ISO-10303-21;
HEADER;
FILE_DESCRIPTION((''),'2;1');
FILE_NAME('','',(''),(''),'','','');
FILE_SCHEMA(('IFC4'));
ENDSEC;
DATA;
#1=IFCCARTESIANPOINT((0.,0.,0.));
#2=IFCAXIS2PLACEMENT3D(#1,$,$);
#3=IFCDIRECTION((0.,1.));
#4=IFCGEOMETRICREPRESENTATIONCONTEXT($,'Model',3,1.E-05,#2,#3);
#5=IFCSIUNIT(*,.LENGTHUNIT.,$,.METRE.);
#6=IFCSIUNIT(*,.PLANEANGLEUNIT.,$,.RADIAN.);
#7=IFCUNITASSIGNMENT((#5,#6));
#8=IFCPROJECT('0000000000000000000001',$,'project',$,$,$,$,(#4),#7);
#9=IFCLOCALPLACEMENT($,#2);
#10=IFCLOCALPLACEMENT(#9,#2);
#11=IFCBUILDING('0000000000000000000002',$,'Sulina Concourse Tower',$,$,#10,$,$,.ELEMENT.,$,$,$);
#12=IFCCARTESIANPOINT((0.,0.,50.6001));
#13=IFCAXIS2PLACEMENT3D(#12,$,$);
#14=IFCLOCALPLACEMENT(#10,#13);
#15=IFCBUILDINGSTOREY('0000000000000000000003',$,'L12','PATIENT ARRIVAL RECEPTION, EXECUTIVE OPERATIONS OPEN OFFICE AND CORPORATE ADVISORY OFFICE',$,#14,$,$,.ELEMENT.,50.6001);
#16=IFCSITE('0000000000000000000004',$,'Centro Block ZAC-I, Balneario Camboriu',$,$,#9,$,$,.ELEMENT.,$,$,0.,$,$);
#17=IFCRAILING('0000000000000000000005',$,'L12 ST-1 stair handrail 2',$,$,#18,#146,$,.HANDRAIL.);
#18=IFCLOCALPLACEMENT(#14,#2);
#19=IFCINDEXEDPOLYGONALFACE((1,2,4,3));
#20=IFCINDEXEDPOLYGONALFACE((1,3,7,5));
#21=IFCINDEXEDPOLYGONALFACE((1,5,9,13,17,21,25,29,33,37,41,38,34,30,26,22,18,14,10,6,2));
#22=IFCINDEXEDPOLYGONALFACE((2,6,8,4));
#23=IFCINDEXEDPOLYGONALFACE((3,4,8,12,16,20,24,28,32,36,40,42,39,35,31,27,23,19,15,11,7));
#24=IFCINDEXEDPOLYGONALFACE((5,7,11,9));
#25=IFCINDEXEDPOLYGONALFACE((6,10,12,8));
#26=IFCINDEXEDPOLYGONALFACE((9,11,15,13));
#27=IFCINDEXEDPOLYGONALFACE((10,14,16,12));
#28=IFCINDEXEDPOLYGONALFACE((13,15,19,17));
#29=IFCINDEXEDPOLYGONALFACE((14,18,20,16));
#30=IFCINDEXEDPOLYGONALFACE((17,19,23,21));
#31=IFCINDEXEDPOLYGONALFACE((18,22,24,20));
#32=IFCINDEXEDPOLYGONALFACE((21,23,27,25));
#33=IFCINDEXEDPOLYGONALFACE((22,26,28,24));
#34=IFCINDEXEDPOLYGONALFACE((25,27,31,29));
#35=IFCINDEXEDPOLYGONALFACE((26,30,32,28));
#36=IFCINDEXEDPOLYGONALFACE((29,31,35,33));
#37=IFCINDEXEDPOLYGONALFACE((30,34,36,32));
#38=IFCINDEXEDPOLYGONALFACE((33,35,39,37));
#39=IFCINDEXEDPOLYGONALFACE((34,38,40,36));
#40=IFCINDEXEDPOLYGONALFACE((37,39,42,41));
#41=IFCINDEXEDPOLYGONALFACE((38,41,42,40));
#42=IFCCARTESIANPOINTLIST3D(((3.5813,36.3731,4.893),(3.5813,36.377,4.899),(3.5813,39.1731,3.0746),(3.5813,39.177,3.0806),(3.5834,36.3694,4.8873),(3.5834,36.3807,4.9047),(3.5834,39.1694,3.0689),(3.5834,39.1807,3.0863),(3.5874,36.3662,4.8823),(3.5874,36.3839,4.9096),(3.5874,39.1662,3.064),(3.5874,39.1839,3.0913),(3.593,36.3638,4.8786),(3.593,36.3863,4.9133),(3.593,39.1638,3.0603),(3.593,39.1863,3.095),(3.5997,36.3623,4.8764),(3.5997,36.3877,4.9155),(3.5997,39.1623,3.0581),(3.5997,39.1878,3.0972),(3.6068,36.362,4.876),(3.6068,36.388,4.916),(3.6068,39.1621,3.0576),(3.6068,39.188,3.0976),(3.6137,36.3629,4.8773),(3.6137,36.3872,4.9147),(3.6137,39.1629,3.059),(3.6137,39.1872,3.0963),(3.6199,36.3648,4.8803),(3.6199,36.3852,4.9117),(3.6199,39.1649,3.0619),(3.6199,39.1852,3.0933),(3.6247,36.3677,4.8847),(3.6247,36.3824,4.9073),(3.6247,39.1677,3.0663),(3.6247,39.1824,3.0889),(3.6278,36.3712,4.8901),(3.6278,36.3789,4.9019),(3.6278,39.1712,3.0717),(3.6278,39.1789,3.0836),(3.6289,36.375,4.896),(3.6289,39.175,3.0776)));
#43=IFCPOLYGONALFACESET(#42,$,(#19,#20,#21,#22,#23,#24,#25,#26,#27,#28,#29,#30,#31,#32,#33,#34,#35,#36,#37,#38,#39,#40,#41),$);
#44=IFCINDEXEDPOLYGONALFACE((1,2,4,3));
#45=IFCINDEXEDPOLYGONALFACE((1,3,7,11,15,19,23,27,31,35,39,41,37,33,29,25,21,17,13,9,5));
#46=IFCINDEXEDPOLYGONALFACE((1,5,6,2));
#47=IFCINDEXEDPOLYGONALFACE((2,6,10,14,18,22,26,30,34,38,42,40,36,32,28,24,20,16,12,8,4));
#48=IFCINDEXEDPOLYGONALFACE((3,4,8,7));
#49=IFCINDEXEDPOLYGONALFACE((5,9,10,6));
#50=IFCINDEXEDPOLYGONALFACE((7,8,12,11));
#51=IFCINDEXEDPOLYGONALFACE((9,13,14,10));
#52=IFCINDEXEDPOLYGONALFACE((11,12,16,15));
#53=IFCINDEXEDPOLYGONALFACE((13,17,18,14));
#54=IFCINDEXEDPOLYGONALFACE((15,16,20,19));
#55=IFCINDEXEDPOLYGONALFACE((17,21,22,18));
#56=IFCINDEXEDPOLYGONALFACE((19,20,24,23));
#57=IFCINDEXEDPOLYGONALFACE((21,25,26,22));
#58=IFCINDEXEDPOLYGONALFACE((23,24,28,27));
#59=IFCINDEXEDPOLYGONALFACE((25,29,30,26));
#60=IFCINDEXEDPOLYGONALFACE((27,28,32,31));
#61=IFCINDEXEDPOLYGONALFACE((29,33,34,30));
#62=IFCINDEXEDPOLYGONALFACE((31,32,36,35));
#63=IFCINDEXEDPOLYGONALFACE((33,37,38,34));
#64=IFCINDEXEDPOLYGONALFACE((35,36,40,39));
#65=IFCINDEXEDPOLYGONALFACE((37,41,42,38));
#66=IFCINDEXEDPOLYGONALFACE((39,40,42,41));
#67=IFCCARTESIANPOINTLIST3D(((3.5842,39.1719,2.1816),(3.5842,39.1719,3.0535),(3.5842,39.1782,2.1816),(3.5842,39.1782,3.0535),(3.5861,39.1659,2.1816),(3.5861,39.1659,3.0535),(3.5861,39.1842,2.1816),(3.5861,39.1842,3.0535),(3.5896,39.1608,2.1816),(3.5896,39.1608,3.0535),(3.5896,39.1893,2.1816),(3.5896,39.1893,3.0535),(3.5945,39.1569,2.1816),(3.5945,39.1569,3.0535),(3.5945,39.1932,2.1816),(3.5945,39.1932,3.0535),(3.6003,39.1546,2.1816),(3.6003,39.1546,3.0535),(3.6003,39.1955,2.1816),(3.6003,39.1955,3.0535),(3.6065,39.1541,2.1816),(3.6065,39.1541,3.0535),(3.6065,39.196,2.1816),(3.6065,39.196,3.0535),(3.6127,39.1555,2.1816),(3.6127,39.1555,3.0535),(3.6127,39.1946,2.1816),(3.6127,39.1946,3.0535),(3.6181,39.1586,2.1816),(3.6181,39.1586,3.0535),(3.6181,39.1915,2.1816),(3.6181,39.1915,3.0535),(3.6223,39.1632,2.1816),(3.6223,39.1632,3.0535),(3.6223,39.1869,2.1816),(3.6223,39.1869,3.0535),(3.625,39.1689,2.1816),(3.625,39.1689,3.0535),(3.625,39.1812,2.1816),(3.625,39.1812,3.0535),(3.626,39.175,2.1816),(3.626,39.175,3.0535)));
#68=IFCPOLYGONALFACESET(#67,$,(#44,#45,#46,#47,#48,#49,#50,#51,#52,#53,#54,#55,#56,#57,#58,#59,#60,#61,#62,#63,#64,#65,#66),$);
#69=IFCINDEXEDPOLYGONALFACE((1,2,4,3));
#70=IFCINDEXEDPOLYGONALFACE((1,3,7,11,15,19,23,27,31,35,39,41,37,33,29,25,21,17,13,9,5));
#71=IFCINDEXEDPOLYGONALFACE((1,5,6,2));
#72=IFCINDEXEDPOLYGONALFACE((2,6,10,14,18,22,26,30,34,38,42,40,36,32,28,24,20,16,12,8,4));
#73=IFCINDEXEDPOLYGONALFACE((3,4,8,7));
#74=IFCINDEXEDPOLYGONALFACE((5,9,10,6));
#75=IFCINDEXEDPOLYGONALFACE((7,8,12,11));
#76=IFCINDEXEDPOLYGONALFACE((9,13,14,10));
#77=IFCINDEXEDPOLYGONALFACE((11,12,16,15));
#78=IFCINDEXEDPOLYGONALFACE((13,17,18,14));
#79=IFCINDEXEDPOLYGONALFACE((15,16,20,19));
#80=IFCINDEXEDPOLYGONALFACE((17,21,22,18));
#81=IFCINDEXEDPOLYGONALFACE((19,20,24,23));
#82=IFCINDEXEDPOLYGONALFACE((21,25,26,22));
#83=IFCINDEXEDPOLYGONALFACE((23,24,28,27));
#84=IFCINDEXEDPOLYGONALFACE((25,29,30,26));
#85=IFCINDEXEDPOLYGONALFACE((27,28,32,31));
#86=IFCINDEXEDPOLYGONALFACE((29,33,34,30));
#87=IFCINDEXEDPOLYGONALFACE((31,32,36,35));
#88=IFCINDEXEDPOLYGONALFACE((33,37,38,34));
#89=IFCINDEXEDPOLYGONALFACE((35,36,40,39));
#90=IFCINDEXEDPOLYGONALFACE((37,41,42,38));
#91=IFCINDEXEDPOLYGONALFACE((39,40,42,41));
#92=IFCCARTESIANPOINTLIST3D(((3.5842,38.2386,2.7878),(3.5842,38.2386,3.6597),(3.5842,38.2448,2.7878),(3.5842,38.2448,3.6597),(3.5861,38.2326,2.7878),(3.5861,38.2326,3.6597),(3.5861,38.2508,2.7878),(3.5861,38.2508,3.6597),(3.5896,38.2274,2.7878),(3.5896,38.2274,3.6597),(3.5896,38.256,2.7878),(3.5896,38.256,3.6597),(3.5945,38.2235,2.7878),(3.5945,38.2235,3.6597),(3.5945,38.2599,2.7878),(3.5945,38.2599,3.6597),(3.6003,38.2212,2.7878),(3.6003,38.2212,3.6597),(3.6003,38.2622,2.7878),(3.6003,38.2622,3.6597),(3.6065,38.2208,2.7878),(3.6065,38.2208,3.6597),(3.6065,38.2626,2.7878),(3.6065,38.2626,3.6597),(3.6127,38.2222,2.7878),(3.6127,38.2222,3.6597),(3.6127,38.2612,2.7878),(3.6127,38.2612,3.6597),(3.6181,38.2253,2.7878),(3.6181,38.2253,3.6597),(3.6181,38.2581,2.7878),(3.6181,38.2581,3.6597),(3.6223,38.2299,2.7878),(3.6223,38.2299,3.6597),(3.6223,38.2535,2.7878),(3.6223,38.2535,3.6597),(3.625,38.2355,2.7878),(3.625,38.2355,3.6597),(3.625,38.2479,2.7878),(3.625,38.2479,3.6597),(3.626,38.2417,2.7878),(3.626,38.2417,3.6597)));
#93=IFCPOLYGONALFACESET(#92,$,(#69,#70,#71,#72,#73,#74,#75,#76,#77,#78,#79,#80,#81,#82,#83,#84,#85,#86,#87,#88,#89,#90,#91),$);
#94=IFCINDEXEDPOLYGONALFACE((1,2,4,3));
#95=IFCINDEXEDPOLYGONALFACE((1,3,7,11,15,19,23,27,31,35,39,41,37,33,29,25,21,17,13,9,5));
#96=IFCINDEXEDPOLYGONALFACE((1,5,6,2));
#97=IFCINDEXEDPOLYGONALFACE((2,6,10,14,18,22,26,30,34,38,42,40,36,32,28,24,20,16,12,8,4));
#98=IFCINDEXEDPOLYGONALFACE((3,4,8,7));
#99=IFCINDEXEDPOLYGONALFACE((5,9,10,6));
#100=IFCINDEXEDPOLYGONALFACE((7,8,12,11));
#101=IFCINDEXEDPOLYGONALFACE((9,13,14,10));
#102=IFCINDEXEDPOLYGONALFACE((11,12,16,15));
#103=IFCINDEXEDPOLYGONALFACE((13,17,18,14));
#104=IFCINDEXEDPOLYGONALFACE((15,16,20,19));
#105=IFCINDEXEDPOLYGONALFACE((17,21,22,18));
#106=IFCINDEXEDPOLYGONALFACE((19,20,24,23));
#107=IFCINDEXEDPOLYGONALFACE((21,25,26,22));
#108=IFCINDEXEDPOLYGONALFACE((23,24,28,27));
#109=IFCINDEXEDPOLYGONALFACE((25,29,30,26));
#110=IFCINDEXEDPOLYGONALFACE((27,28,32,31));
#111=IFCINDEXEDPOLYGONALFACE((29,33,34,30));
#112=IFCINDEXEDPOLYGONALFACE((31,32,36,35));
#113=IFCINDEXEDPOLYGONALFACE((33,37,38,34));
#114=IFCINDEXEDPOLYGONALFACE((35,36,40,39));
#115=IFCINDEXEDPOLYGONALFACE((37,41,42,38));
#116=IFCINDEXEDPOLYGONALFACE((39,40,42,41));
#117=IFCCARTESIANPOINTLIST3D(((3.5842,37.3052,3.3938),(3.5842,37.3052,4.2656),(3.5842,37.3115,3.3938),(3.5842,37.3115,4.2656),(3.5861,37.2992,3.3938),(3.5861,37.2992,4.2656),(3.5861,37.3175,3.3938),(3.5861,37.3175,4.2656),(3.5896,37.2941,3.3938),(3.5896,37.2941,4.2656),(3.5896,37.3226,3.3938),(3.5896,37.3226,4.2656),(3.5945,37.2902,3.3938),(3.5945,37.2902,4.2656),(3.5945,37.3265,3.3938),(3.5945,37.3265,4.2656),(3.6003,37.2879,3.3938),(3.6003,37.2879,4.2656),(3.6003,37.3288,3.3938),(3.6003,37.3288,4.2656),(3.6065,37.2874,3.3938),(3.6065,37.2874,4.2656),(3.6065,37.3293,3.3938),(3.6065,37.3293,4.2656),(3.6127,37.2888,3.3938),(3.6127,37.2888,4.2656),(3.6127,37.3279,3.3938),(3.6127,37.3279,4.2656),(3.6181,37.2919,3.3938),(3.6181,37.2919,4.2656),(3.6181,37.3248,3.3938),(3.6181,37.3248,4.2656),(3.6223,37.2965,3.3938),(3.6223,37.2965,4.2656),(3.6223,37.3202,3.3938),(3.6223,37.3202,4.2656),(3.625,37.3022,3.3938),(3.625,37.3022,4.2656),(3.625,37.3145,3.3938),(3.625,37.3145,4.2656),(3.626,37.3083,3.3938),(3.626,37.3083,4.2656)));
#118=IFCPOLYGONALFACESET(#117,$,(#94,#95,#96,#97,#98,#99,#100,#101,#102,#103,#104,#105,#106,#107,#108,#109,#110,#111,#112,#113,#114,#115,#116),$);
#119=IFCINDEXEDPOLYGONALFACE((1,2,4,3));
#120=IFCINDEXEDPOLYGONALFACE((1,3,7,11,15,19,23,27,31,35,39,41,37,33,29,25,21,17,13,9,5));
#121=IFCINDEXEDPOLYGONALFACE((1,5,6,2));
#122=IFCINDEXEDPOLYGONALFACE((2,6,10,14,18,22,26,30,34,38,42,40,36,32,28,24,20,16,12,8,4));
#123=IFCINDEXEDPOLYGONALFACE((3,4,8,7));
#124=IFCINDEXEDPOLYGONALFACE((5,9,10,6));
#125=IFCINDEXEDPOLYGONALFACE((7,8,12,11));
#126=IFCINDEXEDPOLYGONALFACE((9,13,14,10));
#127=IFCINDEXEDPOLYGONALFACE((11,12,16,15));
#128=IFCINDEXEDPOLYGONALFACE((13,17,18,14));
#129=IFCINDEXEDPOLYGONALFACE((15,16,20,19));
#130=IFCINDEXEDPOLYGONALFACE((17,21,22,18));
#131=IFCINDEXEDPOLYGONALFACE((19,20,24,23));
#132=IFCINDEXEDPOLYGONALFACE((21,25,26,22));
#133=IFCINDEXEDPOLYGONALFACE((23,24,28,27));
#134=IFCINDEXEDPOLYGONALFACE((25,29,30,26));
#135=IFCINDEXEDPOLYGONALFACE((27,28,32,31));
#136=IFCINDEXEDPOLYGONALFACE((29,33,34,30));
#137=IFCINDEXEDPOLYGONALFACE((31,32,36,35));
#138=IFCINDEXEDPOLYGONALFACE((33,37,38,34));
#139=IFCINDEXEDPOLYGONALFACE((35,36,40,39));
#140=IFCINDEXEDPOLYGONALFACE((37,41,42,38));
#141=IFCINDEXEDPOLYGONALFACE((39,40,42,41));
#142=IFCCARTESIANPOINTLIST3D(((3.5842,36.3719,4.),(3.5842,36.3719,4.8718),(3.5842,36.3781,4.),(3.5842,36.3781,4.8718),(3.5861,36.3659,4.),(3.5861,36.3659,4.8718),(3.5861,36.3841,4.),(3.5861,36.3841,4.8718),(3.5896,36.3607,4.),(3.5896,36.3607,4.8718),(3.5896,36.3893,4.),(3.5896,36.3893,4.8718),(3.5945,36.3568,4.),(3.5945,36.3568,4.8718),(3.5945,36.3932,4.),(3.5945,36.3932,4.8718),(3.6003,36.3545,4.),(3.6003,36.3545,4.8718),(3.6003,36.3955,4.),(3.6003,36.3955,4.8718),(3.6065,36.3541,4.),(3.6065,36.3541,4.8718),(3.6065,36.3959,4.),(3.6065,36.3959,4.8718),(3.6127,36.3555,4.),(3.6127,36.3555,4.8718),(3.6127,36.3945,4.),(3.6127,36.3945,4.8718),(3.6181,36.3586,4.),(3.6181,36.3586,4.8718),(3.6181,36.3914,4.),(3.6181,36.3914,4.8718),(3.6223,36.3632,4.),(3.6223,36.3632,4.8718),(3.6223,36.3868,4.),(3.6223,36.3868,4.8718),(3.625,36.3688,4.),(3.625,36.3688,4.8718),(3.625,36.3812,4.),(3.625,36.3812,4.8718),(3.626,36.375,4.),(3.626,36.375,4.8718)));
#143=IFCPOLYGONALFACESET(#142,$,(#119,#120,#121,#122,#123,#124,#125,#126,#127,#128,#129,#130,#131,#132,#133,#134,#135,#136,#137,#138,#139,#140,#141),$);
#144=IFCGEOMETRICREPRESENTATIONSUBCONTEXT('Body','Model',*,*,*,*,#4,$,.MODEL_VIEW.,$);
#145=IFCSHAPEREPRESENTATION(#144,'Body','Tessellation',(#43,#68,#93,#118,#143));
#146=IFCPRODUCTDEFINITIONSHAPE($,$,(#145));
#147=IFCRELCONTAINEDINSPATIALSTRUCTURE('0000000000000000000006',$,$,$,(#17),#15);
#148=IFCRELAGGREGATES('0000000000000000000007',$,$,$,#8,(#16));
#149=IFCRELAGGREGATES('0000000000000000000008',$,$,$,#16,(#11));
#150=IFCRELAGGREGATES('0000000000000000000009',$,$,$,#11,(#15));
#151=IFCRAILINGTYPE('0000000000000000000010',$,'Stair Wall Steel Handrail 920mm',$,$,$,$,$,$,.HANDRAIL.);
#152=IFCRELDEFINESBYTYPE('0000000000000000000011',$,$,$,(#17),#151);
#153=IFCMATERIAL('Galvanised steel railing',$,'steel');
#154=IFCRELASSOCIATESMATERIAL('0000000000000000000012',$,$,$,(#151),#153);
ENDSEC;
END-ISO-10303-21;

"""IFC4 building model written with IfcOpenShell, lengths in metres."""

from ifc_helpers import new_model, si_unit, direction, frame, origin, origin_2d, place, context, subcontext, project, spatial, circle, extrude, material, type_object, element, save


model = new_model("IFC4")

# Units and contexts
model_context = context("Model", 3, precision=1e-05, world=origin(), true_north=direction((0.0, 1.0)))
body_context = subcontext(model_context, "Body", "Model", "MODEL_VIEW")
ifc_project = project(units=[si_unit("LENGTHUNIT", "METRE"), si_unit("PLANEANGLEUNIT", "RADIAN")], contexts=[model_context])

# Site, building, storey
site_placement = place(None, origin())
site = spatial("IfcSite", under=ifc_project, at=site_placement, Name="Centro Block ZAC-I, Balneario Camboriu", CompositionType="ELEMENT", RefElevation=0.0)
building_placement = place(site_placement, origin())
building = spatial("IfcBuilding", under=site, at=building_placement, Name="Sulina Concourse Tower", CompositionType="ELEMENT")
storey_placement = place(building_placement, frame((0.0, 0.0, 50.6001)))
storey = spatial("IfcBuildingStorey", under=building, at=storey_placement, Name="L12", Description="PATIENT ARRIVAL RECEPTION, EXECUTIVE OPERATIONS OPEN OFFICE AND CORPORATE ADVISORY OFFICE", CompositionType="ELEMENT", Elevation=50.6001)

# Railing
ifc_material_1 = material(Name="Galvanised steel railing", Category="steel")
railing_type_1 = type_object("IfcRailingType", Name="Stair Wall Steel Handrail 920mm", PredefinedType="HANDRAIL", material=ifc_material_1)
railing_1_placement = place(storey_placement, frame((3.605, 39.175, 2.1816)))
element("IfcRailing", 1, at=railing_1_placement, inside=storey, type_object=railing_type_1, Name="L12 ST-1 stair handrail 2", PredefinedType="HANDRAIL", context=body_context, shape_type="SweptSolid", body=[
    extrude(circle(Radius=0.0239, at=origin_2d()), frame((0.0, 0.0, 0.896), z_axis=(0.0, -0.838672, 0.544636), x_axis=(1.0, 0.0, 0.0)), (0.0, 0.0, 1.0), 3.3386),
    extrude(circle(Radius=0.021, at=origin_2d()), origin(), (0.0, 0.0, 1.0), 0.8718),
    extrude(circle(Radius=0.021, at=origin_2d()), frame((0.0, -0.9333, 0.6062)), (0.0, 0.0, 1.0), 0.8718),
    extrude(circle(Radius=0.021, at=origin_2d()), frame((0.0, -1.8667, 1.2122)), (0.0, 0.0, 1.0), 0.8718),
    extrude(circle(Radius=0.021, at=origin_2d()), frame((0.0, -2.8, 1.8184)), (0.0, 0.0, 1.0), 0.8718),
])

save(model, "model.ifc")
